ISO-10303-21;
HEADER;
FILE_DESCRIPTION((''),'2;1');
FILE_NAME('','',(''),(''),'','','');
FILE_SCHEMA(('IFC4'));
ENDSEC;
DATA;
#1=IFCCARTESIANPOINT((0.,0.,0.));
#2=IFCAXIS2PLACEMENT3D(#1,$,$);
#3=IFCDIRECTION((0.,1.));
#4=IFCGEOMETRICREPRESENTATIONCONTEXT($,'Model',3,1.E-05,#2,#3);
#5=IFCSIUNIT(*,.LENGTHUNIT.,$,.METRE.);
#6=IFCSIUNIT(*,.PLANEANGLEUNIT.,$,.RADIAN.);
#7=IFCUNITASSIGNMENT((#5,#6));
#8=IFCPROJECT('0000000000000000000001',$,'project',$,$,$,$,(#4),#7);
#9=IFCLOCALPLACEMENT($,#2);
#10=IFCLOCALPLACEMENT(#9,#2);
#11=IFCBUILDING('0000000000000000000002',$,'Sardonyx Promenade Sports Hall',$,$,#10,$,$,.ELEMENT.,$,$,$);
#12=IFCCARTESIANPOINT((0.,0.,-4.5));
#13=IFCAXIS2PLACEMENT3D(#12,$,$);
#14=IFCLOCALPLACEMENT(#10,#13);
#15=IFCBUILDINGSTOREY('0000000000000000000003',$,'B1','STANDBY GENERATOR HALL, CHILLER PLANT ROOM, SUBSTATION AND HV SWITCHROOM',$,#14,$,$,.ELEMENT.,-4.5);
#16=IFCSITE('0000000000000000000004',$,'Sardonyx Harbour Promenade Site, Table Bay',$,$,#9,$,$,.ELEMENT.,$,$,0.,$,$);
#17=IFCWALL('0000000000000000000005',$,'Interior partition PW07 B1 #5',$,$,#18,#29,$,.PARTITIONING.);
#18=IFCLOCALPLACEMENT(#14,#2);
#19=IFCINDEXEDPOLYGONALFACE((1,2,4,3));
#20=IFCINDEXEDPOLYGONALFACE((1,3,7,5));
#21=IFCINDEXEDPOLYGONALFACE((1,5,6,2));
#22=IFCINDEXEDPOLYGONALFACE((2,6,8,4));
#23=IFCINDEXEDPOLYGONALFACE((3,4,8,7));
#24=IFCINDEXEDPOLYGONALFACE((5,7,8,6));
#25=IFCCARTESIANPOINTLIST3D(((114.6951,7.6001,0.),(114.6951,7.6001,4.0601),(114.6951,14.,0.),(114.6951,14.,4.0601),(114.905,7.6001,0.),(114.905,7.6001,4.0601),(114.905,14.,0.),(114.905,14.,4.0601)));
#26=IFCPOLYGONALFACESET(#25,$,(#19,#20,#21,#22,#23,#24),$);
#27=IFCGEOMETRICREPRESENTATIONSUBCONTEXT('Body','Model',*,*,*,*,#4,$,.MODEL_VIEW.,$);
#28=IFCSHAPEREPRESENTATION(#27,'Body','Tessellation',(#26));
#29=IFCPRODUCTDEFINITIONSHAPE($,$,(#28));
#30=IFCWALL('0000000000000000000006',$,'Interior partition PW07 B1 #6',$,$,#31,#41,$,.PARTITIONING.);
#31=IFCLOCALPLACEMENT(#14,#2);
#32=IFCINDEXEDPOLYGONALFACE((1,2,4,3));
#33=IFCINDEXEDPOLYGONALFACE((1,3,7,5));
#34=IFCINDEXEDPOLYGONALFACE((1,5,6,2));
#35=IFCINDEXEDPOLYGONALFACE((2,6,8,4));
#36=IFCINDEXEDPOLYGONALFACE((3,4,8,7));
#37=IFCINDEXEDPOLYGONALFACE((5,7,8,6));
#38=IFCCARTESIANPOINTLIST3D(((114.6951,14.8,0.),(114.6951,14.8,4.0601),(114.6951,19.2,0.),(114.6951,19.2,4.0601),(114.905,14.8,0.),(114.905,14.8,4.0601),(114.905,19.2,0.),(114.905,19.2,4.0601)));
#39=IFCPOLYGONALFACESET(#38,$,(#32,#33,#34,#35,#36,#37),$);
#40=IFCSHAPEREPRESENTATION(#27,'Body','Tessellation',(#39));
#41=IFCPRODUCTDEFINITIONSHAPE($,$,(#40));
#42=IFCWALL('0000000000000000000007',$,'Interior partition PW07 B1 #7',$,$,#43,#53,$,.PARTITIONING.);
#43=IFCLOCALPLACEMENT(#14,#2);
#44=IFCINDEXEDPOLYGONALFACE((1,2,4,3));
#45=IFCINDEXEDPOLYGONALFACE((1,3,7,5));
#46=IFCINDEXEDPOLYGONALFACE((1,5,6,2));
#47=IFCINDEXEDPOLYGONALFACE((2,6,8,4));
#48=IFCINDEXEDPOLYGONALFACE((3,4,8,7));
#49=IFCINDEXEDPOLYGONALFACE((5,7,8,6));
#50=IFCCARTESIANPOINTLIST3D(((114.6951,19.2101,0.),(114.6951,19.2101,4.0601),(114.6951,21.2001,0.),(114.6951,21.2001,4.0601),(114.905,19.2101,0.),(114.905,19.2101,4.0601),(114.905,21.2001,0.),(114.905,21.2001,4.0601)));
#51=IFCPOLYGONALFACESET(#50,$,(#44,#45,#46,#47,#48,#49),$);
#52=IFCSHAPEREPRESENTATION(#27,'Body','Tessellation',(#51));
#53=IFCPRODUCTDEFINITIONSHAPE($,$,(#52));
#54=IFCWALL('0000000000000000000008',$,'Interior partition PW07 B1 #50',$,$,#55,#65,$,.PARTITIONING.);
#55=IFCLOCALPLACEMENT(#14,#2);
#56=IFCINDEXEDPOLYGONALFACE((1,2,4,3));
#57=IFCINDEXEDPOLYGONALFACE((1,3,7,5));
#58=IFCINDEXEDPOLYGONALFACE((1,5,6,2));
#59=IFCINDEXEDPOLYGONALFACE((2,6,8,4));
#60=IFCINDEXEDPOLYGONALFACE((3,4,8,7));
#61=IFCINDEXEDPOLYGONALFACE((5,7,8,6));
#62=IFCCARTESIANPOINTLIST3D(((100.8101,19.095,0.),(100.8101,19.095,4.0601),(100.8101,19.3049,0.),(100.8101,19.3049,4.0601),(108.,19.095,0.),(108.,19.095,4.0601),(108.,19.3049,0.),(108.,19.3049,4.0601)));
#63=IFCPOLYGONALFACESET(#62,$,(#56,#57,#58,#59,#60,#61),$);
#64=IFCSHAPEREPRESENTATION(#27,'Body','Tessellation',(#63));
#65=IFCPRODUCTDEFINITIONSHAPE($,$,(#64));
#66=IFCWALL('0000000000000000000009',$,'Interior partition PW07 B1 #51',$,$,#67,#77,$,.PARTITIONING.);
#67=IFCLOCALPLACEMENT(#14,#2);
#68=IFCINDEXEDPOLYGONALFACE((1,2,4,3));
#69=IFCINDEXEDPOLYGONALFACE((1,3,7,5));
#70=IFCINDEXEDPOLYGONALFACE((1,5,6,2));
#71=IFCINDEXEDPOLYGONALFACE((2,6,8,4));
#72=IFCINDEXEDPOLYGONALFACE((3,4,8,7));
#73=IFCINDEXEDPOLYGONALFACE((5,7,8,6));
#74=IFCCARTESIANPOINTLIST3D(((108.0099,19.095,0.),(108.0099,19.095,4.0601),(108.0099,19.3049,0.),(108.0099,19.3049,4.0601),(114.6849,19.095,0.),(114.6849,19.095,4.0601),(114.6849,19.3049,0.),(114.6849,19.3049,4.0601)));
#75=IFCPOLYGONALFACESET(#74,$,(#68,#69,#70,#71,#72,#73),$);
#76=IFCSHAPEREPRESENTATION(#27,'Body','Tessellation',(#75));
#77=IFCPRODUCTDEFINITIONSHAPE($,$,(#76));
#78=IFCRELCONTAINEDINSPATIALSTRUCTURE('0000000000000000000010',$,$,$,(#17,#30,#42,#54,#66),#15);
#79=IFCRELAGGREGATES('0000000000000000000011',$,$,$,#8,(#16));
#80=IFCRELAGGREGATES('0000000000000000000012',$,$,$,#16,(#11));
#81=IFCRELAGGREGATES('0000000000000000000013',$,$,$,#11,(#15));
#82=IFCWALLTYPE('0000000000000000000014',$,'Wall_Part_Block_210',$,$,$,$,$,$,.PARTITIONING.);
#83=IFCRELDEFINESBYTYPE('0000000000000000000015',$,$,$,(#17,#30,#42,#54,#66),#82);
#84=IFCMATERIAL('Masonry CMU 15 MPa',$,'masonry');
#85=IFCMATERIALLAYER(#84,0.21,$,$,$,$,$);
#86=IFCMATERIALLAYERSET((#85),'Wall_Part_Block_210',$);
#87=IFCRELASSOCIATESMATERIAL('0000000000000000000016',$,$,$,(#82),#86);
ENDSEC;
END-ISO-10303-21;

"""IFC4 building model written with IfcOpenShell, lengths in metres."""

from ifc_helpers import new_model, si_unit, direction, frame, frame_2d, origin, place, context, subcontext, project, spatial, rectangle, extrude, material, layer, layer_set, type_object, element, save


model = new_model("IFC4")

# Units and contexts
model_context = context("Model", 3, precision=1e-05, world=origin(), true_north=direction((0.0, 1.0)))
body_context = subcontext(model_context, "Body", "Model", "MODEL_VIEW")
ifc_project = project(units=[si_unit("LENGTHUNIT", "METRE"), si_unit("PLANEANGLEUNIT", "RADIAN")], contexts=[model_context])

# Site, building, storey
site_placement = place(None, origin())
site = spatial("IfcSite", under=ifc_project, at=site_placement, Name="Sardonyx Harbour Promenade Site, Table Bay", CompositionType="ELEMENT", RefElevation=0.0)
building_placement = place(site_placement, origin())
building = spatial("IfcBuilding", under=site, at=building_placement, Name="Sardonyx Promenade Sports Hall", CompositionType="ELEMENT")
storey_placement = place(building_placement, frame((0.0, 0.0, -4.5)))
storey = spatial("IfcBuildingStorey", under=building, at=storey_placement, Name="B1", Description="STANDBY GENERATOR HALL, CHILLER PLANT ROOM, SUBSTATION AND HV SWITCHROOM", CompositionType="ELEMENT", Elevation=-4.5)

# Walls
ifc_material_1 = material(Name="Masonry CMU 15 MPa", Category="masonry")
ifc_layer = layer(ifc_material_1, 0.21)
ifc_layer_set = layer_set([ifc_layer], Name="Wall_Part_Block_210")
wall_type = type_object("IfcWallType", Name="Wall_Part_Block_210", PredefinedType="PARTITIONING", material=ifc_layer_set)
wall_1_placement = place(storey_placement, frame((114.8, 7.6001, 0.0), z_axis=(0.0, 0.0, 1.0), x_axis=(0.0, 1.0, 0.0)))
element("IfcWall", 1, at=wall_1_placement, inside=storey, type_object=wall_type, Name="Interior partition PW07 B1 #5", PredefinedType="PARTITIONING", context=body_context, shape_type="SweptSolid", body=[
    extrude(rectangle(XDim=6.3999, YDim=0.21, at=frame_2d((3.2, 0.0))), origin(), (0.0, 0.0, 1.0), 4.0601),
])
wall_2_placement = place(storey_placement, frame((114.8, 14.8, 0.0), z_axis=(0.0, 0.0, 1.0), x_axis=(0.0, 1.0, 0.0)))
element("IfcWall", 2, at=wall_2_placement, inside=storey, type_object=wall_type, Name="Interior partition PW07 B1 #6", PredefinedType="PARTITIONING", context=body_context, shape_type="SweptSolid", body=[
    extrude(rectangle(XDim=4.3999, YDim=0.21, at=frame_2d((2.2, 0.0))), origin(), (0.0, 0.0, 1.0), 4.0601),
])
wall_3_placement = place(storey_placement, frame((114.8, 19.21, 0.0), z_axis=(0.0, 0.0, 1.0), x_axis=(0.0, 1.0, 0.0)))
element("IfcWall", 3, at=wall_3_placement, inside=storey, type_object=wall_type, Name="Interior partition PW07 B1 #7", PredefinedType="PARTITIONING", context=body_context, shape_type="SweptSolid", body=[
    extrude(rectangle(XDim=1.99, YDim=0.21, at=frame_2d((0.9951, 0.0))), origin(), (0.0, 0.0, 1.0), 4.0601),
])
wall_4_placement = place(storey_placement, frame((100.8101, 19.2, 0.0), z_axis=(0.0, 0.0, 1.0), x_axis=(1.0, 0.0, 0.0)))
element("IfcWall", 4, at=wall_4_placement, inside=storey, type_object=wall_type, Name="Interior partition PW07 B1 #50", PredefinedType="PARTITIONING", context=body_context, shape_type="SweptSolid", body=[
    extrude(rectangle(XDim=7.1899, YDim=0.21, at=frame_2d((3.595, 0.0))), origin(), (0.0, 0.0, 1.0), 4.0601),
])
wall_5_placement = place(storey_placement, frame((108.01, 19.2, 0.0), z_axis=(0.0, 0.0, 1.0), x_axis=(1.0, 0.0, 0.0)))
element("IfcWall", 5, at=wall_5_placement, inside=storey, type_object=wall_type, Name="Interior partition PW07 B1 #51", PredefinedType="PARTITIONING", context=body_context, shape_type="SweptSolid", body=[
    extrude(rectangle(XDim=6.675, YDim=0.21, at=frame_2d((3.3374, 0.0))), origin(), (0.0, 0.0, 1.0), 4.0601),
])

save(model, "model.ifc")
